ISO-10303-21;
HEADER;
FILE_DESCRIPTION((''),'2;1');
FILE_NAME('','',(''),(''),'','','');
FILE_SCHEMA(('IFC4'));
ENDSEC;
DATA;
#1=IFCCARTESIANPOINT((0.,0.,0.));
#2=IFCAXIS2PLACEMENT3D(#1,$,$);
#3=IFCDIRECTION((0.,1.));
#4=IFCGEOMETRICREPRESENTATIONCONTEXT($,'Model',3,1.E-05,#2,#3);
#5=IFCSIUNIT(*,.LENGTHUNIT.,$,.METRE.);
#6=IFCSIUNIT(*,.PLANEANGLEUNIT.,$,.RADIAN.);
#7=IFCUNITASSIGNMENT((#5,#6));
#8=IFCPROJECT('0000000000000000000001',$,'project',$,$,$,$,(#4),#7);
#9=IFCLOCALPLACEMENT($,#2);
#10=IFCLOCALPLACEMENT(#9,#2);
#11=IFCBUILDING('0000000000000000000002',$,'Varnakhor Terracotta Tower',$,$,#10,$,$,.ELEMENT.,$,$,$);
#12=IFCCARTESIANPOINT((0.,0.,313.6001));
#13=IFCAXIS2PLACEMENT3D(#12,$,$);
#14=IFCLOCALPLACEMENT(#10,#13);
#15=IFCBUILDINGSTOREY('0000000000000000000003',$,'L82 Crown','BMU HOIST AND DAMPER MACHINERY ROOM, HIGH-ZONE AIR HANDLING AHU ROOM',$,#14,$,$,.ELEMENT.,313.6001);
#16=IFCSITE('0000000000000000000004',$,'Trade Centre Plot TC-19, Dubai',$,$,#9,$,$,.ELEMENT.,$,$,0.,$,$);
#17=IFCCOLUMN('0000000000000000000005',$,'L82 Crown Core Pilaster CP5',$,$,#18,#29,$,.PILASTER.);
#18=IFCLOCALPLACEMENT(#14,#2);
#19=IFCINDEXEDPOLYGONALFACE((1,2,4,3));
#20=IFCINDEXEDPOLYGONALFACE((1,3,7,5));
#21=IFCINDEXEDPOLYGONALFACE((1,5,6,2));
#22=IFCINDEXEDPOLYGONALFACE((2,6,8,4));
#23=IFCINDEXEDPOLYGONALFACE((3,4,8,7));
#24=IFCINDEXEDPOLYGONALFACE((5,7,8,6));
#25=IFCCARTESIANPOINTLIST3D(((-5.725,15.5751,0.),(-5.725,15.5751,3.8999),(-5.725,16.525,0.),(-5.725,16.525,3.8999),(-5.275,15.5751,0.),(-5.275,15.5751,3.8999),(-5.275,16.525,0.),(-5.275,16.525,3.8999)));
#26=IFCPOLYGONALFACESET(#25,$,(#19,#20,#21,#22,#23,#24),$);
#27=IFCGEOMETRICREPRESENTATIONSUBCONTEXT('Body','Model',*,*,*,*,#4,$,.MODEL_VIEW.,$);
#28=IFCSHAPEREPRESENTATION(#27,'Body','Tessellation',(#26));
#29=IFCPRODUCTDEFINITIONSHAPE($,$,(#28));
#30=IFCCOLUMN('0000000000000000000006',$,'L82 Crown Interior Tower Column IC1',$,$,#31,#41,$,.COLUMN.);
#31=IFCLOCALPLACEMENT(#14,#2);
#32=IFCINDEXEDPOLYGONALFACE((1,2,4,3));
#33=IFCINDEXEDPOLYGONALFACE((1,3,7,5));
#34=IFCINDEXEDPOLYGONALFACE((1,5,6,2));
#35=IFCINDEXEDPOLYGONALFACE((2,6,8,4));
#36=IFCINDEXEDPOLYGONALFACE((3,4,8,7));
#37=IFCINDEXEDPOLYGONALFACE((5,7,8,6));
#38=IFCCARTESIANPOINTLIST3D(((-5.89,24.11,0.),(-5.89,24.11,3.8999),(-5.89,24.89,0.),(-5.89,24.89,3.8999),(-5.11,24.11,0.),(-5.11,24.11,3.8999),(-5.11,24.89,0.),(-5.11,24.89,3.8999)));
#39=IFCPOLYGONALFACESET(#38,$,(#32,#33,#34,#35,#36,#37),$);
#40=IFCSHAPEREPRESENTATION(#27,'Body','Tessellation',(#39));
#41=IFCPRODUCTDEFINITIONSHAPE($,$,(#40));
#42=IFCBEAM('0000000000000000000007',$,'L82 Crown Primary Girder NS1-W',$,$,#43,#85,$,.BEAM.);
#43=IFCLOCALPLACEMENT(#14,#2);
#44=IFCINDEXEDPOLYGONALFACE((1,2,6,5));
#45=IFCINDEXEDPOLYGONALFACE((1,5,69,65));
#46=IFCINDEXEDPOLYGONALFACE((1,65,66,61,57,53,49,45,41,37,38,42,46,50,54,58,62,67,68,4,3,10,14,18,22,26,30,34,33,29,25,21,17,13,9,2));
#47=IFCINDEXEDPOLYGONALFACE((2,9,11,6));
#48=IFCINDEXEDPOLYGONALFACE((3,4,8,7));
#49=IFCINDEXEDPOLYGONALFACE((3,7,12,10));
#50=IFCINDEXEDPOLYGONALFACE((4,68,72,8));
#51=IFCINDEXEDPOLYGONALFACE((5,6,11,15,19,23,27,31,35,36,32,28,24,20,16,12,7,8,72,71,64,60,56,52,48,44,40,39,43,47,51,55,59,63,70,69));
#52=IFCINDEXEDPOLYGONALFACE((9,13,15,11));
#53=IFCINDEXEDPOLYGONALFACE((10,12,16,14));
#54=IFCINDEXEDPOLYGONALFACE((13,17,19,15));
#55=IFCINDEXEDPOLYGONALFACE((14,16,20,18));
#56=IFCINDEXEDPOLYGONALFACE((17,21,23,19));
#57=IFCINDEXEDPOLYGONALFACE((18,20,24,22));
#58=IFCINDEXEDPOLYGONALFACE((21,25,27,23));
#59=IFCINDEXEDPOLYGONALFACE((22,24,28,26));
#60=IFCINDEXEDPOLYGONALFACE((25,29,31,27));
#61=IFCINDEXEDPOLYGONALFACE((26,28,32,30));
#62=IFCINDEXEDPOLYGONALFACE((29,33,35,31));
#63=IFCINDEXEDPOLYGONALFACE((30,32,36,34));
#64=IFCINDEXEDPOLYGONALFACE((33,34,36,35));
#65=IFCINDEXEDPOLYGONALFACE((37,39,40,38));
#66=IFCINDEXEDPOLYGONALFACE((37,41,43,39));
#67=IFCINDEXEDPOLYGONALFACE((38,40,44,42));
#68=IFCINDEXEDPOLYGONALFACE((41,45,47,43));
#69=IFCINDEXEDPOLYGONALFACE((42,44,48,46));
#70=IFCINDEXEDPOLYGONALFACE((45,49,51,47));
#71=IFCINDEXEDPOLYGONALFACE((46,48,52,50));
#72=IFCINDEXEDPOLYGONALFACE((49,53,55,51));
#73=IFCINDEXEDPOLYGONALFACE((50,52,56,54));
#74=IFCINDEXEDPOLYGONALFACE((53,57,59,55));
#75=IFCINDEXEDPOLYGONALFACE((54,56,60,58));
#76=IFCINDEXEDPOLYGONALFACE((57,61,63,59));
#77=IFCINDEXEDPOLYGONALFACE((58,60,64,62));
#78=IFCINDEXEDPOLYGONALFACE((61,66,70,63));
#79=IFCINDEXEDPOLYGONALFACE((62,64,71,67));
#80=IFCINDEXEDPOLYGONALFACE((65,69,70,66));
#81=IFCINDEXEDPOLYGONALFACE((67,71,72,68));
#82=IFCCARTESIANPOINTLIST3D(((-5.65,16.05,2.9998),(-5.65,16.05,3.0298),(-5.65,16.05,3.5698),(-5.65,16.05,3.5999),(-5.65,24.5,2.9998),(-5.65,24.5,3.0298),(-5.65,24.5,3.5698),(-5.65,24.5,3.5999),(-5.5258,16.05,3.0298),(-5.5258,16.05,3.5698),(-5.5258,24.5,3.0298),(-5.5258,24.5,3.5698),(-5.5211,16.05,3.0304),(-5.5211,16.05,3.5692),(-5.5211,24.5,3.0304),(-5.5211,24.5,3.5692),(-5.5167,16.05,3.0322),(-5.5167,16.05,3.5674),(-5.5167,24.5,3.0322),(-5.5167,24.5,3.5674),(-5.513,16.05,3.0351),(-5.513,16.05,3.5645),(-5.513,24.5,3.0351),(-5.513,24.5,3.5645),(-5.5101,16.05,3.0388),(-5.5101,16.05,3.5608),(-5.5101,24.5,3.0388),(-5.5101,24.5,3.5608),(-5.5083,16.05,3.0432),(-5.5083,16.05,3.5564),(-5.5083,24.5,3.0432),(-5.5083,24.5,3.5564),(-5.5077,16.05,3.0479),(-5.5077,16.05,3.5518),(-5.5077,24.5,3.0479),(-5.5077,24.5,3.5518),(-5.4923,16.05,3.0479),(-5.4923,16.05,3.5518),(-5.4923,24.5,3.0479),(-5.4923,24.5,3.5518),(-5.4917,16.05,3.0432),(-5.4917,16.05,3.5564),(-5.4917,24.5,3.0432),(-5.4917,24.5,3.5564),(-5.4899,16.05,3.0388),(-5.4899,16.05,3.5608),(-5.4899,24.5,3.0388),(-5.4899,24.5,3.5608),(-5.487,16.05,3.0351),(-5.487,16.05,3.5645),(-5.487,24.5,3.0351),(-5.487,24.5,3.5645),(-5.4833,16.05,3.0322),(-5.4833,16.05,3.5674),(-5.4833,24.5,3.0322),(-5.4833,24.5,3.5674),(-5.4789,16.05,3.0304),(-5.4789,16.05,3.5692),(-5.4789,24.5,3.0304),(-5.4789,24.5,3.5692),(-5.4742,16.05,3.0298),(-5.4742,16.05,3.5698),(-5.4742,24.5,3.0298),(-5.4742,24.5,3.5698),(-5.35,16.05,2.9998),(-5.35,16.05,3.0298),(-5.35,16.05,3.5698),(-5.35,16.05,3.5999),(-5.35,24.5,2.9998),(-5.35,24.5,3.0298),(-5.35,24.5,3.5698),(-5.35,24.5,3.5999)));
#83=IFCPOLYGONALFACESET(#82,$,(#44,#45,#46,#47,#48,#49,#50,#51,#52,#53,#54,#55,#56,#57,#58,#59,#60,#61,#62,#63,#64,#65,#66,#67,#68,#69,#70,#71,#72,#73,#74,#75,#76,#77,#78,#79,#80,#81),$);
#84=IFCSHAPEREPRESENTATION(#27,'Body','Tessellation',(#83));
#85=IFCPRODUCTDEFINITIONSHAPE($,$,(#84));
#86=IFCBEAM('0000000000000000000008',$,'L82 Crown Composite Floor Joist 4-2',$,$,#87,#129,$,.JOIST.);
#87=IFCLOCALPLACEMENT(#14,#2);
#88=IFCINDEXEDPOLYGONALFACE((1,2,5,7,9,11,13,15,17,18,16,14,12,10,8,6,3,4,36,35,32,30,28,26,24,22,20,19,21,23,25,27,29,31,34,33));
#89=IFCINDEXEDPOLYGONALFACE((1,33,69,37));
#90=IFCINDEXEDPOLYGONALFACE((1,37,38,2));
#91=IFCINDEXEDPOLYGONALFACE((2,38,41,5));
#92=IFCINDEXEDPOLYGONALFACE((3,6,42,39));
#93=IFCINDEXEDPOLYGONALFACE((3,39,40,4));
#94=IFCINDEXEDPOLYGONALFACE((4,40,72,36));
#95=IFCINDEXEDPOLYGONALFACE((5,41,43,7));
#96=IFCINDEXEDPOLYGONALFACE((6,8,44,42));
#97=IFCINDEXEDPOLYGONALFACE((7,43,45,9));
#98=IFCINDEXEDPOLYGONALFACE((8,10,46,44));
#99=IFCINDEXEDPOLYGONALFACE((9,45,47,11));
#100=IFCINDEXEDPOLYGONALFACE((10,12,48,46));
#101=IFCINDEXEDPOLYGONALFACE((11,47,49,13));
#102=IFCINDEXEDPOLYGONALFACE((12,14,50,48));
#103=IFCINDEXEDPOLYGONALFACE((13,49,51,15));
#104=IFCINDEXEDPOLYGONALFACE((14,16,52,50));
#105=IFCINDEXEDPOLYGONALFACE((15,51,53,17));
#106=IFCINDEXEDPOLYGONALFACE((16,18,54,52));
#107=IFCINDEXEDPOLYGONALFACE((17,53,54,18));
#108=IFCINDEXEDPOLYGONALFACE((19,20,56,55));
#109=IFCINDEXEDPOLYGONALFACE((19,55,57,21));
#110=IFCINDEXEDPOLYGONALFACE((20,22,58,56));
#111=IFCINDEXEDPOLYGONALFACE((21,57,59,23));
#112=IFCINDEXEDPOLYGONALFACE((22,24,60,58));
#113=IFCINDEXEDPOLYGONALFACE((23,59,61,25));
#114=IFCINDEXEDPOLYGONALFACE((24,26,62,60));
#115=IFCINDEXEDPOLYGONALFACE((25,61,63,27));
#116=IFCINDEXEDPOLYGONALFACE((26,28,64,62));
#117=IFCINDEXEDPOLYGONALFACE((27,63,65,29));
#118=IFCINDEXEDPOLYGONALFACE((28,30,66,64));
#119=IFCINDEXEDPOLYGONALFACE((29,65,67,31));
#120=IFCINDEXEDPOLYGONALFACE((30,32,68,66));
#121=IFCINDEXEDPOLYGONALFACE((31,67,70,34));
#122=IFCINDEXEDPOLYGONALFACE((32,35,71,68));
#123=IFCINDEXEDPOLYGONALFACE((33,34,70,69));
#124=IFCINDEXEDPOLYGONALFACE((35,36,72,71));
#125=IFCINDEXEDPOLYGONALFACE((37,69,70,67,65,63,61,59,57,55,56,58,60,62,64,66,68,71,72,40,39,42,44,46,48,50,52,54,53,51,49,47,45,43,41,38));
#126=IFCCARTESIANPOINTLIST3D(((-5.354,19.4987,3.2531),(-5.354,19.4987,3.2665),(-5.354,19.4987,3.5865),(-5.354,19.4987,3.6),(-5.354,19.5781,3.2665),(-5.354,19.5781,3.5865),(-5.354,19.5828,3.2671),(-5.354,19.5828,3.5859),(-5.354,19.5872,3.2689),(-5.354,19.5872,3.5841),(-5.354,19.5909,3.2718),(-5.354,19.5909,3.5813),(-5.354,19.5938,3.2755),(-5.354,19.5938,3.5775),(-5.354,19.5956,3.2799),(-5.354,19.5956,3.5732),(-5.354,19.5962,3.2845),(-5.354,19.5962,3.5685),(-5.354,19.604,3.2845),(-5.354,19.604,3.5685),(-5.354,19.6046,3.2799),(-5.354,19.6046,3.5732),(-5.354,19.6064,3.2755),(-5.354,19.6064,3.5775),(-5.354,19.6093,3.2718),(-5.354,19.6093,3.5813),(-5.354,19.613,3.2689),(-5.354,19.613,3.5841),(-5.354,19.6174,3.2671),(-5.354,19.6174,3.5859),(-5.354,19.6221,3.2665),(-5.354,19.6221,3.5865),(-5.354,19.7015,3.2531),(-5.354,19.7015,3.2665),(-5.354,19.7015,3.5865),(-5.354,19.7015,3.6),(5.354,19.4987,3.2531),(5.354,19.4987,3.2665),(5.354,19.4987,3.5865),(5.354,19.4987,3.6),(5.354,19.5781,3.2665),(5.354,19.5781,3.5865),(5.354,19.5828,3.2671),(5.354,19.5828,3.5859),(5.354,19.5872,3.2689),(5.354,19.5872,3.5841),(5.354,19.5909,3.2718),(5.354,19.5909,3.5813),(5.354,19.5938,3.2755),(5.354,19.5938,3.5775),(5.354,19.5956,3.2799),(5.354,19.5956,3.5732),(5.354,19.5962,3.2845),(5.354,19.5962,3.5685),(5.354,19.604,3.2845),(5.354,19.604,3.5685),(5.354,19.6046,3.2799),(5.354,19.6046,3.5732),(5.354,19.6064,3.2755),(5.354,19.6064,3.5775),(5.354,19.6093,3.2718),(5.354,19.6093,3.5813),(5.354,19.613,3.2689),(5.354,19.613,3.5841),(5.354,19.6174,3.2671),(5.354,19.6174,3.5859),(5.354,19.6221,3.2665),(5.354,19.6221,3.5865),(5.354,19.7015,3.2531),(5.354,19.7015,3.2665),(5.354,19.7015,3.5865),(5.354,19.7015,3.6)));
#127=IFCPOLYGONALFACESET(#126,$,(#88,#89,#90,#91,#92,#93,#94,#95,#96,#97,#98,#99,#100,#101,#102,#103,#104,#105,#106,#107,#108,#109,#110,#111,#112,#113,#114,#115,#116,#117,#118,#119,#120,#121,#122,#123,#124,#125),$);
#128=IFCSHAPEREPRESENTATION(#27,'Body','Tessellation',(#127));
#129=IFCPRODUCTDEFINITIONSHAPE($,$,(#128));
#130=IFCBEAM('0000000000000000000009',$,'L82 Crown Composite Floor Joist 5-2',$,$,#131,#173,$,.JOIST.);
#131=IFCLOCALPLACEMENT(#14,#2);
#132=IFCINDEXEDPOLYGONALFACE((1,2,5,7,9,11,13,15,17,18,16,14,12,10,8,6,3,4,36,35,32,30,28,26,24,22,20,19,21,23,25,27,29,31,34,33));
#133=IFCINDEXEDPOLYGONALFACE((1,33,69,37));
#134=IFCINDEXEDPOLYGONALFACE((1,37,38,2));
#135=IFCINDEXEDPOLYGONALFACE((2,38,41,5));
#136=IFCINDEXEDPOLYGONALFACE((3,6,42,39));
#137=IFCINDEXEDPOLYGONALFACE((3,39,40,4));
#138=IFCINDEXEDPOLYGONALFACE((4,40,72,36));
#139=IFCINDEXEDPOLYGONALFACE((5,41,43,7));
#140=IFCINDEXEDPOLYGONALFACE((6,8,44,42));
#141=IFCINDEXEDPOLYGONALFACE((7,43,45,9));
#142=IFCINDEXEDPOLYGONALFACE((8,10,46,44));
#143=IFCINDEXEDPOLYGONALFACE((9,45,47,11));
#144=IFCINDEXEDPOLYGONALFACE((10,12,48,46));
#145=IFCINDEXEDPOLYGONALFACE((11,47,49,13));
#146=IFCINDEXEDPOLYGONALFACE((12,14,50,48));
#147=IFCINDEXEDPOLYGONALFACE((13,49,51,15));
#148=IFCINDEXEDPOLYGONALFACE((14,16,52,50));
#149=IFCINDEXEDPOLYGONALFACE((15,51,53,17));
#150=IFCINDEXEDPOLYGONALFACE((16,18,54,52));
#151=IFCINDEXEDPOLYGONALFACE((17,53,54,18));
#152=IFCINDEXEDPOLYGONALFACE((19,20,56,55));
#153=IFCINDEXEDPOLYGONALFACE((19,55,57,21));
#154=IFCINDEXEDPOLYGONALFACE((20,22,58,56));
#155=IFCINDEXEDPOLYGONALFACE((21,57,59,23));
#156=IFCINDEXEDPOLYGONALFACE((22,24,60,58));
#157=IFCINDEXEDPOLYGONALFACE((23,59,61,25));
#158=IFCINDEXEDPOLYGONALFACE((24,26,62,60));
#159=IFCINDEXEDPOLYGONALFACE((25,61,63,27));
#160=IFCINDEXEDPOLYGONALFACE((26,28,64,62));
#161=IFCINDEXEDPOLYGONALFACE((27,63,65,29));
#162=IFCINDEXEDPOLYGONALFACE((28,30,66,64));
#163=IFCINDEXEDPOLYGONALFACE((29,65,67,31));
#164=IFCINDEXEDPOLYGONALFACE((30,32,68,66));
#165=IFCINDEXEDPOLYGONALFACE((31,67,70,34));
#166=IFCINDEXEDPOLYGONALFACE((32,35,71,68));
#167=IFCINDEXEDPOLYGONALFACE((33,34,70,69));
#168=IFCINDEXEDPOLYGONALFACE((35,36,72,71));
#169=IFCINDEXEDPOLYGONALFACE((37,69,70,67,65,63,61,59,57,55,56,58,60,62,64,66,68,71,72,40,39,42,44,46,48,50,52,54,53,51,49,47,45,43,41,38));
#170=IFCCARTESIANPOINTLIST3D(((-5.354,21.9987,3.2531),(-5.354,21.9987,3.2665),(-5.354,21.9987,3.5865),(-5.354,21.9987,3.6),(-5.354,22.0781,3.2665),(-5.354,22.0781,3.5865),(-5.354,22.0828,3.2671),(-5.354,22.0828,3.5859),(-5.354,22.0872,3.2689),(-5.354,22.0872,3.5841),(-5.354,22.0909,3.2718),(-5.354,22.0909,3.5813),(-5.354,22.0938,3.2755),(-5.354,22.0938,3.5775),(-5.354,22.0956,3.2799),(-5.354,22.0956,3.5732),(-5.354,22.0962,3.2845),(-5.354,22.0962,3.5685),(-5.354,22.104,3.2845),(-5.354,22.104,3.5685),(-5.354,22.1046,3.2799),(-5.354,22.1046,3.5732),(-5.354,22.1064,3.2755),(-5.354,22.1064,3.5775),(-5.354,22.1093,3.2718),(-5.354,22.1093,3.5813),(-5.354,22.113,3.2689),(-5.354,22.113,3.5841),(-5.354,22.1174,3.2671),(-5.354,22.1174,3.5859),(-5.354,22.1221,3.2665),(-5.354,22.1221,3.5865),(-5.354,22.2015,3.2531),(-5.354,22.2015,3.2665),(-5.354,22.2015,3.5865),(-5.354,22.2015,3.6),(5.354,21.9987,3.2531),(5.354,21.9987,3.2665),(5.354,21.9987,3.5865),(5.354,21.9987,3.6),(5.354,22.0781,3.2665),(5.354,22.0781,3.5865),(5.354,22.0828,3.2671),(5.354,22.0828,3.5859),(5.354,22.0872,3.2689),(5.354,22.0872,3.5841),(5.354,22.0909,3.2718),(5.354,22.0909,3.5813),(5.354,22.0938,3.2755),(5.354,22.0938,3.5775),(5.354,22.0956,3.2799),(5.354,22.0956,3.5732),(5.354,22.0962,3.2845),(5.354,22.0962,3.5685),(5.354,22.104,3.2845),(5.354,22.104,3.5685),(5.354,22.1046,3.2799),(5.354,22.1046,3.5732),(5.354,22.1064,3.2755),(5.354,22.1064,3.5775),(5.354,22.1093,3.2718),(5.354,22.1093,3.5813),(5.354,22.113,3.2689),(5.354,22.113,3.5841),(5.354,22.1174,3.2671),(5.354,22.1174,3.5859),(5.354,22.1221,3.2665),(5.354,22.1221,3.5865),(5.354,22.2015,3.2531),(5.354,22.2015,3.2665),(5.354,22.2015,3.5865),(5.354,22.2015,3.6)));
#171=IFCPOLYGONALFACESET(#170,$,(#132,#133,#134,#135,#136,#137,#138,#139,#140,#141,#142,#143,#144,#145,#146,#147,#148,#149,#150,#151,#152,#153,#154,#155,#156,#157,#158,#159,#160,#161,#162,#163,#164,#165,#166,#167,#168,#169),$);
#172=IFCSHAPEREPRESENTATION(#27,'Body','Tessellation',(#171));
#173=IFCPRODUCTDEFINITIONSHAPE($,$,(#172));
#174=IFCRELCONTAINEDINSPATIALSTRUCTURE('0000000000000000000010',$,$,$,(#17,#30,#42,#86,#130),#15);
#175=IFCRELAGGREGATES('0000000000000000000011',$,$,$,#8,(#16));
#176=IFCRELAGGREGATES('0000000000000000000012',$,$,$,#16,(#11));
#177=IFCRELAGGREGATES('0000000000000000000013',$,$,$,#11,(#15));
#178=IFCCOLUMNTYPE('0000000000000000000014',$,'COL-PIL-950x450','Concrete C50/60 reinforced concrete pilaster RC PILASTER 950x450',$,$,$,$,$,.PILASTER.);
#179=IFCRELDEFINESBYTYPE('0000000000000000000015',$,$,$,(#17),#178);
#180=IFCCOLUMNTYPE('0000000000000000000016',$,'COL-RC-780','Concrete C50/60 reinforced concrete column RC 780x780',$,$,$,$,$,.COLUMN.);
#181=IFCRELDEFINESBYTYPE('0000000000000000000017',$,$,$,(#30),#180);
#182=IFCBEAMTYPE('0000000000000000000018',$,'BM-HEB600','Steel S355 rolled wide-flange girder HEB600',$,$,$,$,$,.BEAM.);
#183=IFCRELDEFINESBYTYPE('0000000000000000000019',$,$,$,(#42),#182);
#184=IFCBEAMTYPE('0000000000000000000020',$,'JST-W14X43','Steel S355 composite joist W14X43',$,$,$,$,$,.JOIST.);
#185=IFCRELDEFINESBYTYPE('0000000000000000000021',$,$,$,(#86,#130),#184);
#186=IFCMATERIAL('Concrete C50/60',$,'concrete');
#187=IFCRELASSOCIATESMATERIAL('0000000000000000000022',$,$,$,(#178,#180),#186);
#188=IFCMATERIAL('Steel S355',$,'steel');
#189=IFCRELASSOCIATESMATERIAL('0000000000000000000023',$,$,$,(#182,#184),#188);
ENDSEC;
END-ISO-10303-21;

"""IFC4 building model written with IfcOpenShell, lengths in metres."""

from ifc_helpers import new_model, si_unit, direction, frame, origin, origin_2d, place, context, subcontext, project, spatial, rectangle, i_section, extrude, source, transform, mapped, material, material_profile, profile_set, type_object, element, save


model = new_model("IFC4")

# Units and contexts
model_context = context("Model", 3, precision=1e-05, world=origin(), true_north=direction((0.0, 1.0)))
body_context = subcontext(model_context, "Body", "Model", "MODEL_VIEW")
ifc_project = project(units=[si_unit("LENGTHUNIT", "METRE"), si_unit("PLANEANGLEUNIT", "RADIAN")], contexts=[model_context])

# Site, building, storey
site_placement = place(None, origin())
site = spatial("IfcSite", under=ifc_project, at=site_placement, Name="Trade Centre Plot TC-19, Dubai", CompositionType="ELEMENT", RefElevation=0.0)
building_placement = place(site_placement, origin())
building = spatial("IfcBuilding", under=site, at=building_placement, Name="Varnakhor Terracotta Tower", CompositionType="ELEMENT")
storey_placement = place(building_placement, frame((0.0, 0.0, 313.6001)))
storey = spatial("IfcBuildingStorey", under=building, at=storey_placement, Name="L82 Crown", Description="BMU HOIST AND DAMPER MACHINERY ROOM, HIGH-ZONE AIR HANDLING AHU ROOM", CompositionType="ELEMENT", Elevation=313.6001)

# Columns
ifc_material_1 = material(Name="Concrete C50/60", Category="concrete")
ifc_material_profile_1 = material_profile(ifc_material_1, rectangle(XDim=0.45, YDim=0.95, at=origin_2d()), Name="RC PILASTER 950x450")
ifc_profile_set_1 = profile_set([ifc_material_profile_1], Name="Concrete C50/60")
column_type_1 = type_object("IfcColumnType", Name="COL-PIL-950x450", Description="Concrete C50/60 reinforced concrete pilaster RC PILASTER 950x450", PredefinedType="PILASTER", material=ifc_profile_set_1)
shared_shape_1 = source(origin(), body_context, "Body", "SweptSolid", [
    extrude(rectangle(XDim=0.45, YDim=0.95, at=origin_2d()), origin(), (0.0, 0.0, 1.0), 3.8999),
])
column_1_placement = place(storey_placement, frame((-5.5, 16.05, 0.0), z_axis=(0.0, 0.0, 1.0), x_axis=(1.0, 0.0, 0.0)))
element("IfcColumn", 1, at=column_1_placement, inside=storey, type_object=column_type_1, Name="L82 Crown Core Pilaster CP5", PredefinedType="PILASTER", context=body_context, shape_type="MappedRepresentation", body=[
    mapped(shared_shape_1, transform((0.0, 0.0, 0.0), scale=1.0)),
])
ifc_material_profile_2 = material_profile(ifc_material_1, rectangle(XDim=0.78, YDim=0.78, at=origin_2d()), Name="RC 780x780")
ifc_profile_set_2 = profile_set([ifc_material_profile_2], Name="Concrete C50/60")
column_type_2 = type_object("IfcColumnType", Name="COL-RC-780", Description="Concrete C50/60 reinforced concrete column RC 780x780", PredefinedType="COLUMN", material=ifc_profile_set_2)
shared_shape_2 = source(origin(), body_context, "Body", "SweptSolid", [
    extrude(rectangle(XDim=0.78, YDim=0.78, at=origin_2d()), origin(), (0.0, 0.0, 1.0), 3.8999),
])
column_2_placement = place(storey_placement, frame((-5.5, 24.5, 0.0), z_axis=(0.0, 0.0, 1.0), x_axis=(1.0, 0.0, 0.0)))
element("IfcColumn", 2, at=column_2_placement, inside=storey, type_object=column_type_2, Name="L82 Crown Interior Tower Column IC1", PredefinedType="COLUMN", context=body_context, shape_type="MappedRepresentation", body=[
    mapped(shared_shape_2, transform((0.0, 0.0, 0.0), scale=1.0)),
])

# Beams
ifc_material_2 = material(Name="Steel S355", Category="steel")
ifc_material_profile_3 = material_profile(ifc_material_2, i_section(OverallWidth=0.3, OverallDepth=0.6001, WebThickness=0.0154, FlangeThickness=0.03, FilletRadius=0.0181, at=origin_2d()), Name="HEB600")
ifc_profile_set_3 = profile_set([ifc_material_profile_3], Name="Steel S355")
beam_type_1 = type_object("IfcBeamType", Name="BM-HEB600", Description="Steel S355 rolled wide-flange girder HEB600", PredefinedType="BEAM", material=ifc_profile_set_3)
shared_shape_3 = source(origin(), body_context, "Body", "SweptSolid", [
    extrude(i_section(OverallWidth=0.3, OverallDepth=0.6001, WebThickness=0.0154, FlangeThickness=0.03, FilletRadius=0.0181, at=origin_2d()), origin(), (0.0, 0.0, 1.0), 8.45),
])
beam_1_placement = place(storey_placement, frame((-5.5, 16.05, 3.2998), z_axis=(0.0, 1.0, 0.0), x_axis=(-1.0, 0.0, 0.0)))
element("IfcBeam", 3, at=beam_1_placement, inside=storey, type_object=beam_type_1, Name="L82 Crown Primary Girder NS1-W", PredefinedType="BEAM", context=body_context, shape_type="MappedRepresentation", body=[
    mapped(shared_shape_3, transform((0.0, 0.0, 0.0), scale=1.0)),
])
ifc_material_profile_4 = material_profile(ifc_material_2, i_section(OverallWidth=0.2029, OverallDepth=0.3469, WebThickness=0.0078, FlangeThickness=0.0134, FilletRadius=0.0181, at=origin_2d()), Name="W14X43")
ifc_profile_set_4 = profile_set([ifc_material_profile_4], Name="Steel S355")
beam_type_2 = type_object("IfcBeamType", Name="JST-W14X43", Description="Steel S355 composite joist W14X43", PredefinedType="JOIST", material=ifc_profile_set_4)
shared_shape_4 = source(origin(), body_context, "Body", "SweptSolid", [
    extrude(i_section(OverallWidth=0.2029, OverallDepth=0.3469, WebThickness=0.0078, FlangeThickness=0.0134, FilletRadius=0.0181, at=origin_2d()), origin(), (0.0, 0.0, 1.0), 10.708),
])
for number, where, z_axis, x_axis, name in (
    (4, (-5.354, 19.6001, 3.4265), (1.0, 0.0, 0.0), (0.0, 1.0, 0.0), "L82 Crown Composite Floor Joist 4-2"),
    (5, (-5.354, 22.1001, 3.4265), (1.0, 0.0, 0.0), (0.0, 1.0, 0.0), "L82 Crown Composite Floor Joist 5-2"),
):
    element("IfcBeam", number, at=place(storey_placement, frame(where, z_axis=z_axis, x_axis=x_axis)), inside=storey, type_object=beam_type_2, Name=name, PredefinedType="JOIST", context=body_context, shape_type="MappedRepresentation", body=[
        mapped(shared_shape_4, transform((0.0, 0.0, 0.0), scale=1.0)),
    ])

save(model, "model.ifc")
